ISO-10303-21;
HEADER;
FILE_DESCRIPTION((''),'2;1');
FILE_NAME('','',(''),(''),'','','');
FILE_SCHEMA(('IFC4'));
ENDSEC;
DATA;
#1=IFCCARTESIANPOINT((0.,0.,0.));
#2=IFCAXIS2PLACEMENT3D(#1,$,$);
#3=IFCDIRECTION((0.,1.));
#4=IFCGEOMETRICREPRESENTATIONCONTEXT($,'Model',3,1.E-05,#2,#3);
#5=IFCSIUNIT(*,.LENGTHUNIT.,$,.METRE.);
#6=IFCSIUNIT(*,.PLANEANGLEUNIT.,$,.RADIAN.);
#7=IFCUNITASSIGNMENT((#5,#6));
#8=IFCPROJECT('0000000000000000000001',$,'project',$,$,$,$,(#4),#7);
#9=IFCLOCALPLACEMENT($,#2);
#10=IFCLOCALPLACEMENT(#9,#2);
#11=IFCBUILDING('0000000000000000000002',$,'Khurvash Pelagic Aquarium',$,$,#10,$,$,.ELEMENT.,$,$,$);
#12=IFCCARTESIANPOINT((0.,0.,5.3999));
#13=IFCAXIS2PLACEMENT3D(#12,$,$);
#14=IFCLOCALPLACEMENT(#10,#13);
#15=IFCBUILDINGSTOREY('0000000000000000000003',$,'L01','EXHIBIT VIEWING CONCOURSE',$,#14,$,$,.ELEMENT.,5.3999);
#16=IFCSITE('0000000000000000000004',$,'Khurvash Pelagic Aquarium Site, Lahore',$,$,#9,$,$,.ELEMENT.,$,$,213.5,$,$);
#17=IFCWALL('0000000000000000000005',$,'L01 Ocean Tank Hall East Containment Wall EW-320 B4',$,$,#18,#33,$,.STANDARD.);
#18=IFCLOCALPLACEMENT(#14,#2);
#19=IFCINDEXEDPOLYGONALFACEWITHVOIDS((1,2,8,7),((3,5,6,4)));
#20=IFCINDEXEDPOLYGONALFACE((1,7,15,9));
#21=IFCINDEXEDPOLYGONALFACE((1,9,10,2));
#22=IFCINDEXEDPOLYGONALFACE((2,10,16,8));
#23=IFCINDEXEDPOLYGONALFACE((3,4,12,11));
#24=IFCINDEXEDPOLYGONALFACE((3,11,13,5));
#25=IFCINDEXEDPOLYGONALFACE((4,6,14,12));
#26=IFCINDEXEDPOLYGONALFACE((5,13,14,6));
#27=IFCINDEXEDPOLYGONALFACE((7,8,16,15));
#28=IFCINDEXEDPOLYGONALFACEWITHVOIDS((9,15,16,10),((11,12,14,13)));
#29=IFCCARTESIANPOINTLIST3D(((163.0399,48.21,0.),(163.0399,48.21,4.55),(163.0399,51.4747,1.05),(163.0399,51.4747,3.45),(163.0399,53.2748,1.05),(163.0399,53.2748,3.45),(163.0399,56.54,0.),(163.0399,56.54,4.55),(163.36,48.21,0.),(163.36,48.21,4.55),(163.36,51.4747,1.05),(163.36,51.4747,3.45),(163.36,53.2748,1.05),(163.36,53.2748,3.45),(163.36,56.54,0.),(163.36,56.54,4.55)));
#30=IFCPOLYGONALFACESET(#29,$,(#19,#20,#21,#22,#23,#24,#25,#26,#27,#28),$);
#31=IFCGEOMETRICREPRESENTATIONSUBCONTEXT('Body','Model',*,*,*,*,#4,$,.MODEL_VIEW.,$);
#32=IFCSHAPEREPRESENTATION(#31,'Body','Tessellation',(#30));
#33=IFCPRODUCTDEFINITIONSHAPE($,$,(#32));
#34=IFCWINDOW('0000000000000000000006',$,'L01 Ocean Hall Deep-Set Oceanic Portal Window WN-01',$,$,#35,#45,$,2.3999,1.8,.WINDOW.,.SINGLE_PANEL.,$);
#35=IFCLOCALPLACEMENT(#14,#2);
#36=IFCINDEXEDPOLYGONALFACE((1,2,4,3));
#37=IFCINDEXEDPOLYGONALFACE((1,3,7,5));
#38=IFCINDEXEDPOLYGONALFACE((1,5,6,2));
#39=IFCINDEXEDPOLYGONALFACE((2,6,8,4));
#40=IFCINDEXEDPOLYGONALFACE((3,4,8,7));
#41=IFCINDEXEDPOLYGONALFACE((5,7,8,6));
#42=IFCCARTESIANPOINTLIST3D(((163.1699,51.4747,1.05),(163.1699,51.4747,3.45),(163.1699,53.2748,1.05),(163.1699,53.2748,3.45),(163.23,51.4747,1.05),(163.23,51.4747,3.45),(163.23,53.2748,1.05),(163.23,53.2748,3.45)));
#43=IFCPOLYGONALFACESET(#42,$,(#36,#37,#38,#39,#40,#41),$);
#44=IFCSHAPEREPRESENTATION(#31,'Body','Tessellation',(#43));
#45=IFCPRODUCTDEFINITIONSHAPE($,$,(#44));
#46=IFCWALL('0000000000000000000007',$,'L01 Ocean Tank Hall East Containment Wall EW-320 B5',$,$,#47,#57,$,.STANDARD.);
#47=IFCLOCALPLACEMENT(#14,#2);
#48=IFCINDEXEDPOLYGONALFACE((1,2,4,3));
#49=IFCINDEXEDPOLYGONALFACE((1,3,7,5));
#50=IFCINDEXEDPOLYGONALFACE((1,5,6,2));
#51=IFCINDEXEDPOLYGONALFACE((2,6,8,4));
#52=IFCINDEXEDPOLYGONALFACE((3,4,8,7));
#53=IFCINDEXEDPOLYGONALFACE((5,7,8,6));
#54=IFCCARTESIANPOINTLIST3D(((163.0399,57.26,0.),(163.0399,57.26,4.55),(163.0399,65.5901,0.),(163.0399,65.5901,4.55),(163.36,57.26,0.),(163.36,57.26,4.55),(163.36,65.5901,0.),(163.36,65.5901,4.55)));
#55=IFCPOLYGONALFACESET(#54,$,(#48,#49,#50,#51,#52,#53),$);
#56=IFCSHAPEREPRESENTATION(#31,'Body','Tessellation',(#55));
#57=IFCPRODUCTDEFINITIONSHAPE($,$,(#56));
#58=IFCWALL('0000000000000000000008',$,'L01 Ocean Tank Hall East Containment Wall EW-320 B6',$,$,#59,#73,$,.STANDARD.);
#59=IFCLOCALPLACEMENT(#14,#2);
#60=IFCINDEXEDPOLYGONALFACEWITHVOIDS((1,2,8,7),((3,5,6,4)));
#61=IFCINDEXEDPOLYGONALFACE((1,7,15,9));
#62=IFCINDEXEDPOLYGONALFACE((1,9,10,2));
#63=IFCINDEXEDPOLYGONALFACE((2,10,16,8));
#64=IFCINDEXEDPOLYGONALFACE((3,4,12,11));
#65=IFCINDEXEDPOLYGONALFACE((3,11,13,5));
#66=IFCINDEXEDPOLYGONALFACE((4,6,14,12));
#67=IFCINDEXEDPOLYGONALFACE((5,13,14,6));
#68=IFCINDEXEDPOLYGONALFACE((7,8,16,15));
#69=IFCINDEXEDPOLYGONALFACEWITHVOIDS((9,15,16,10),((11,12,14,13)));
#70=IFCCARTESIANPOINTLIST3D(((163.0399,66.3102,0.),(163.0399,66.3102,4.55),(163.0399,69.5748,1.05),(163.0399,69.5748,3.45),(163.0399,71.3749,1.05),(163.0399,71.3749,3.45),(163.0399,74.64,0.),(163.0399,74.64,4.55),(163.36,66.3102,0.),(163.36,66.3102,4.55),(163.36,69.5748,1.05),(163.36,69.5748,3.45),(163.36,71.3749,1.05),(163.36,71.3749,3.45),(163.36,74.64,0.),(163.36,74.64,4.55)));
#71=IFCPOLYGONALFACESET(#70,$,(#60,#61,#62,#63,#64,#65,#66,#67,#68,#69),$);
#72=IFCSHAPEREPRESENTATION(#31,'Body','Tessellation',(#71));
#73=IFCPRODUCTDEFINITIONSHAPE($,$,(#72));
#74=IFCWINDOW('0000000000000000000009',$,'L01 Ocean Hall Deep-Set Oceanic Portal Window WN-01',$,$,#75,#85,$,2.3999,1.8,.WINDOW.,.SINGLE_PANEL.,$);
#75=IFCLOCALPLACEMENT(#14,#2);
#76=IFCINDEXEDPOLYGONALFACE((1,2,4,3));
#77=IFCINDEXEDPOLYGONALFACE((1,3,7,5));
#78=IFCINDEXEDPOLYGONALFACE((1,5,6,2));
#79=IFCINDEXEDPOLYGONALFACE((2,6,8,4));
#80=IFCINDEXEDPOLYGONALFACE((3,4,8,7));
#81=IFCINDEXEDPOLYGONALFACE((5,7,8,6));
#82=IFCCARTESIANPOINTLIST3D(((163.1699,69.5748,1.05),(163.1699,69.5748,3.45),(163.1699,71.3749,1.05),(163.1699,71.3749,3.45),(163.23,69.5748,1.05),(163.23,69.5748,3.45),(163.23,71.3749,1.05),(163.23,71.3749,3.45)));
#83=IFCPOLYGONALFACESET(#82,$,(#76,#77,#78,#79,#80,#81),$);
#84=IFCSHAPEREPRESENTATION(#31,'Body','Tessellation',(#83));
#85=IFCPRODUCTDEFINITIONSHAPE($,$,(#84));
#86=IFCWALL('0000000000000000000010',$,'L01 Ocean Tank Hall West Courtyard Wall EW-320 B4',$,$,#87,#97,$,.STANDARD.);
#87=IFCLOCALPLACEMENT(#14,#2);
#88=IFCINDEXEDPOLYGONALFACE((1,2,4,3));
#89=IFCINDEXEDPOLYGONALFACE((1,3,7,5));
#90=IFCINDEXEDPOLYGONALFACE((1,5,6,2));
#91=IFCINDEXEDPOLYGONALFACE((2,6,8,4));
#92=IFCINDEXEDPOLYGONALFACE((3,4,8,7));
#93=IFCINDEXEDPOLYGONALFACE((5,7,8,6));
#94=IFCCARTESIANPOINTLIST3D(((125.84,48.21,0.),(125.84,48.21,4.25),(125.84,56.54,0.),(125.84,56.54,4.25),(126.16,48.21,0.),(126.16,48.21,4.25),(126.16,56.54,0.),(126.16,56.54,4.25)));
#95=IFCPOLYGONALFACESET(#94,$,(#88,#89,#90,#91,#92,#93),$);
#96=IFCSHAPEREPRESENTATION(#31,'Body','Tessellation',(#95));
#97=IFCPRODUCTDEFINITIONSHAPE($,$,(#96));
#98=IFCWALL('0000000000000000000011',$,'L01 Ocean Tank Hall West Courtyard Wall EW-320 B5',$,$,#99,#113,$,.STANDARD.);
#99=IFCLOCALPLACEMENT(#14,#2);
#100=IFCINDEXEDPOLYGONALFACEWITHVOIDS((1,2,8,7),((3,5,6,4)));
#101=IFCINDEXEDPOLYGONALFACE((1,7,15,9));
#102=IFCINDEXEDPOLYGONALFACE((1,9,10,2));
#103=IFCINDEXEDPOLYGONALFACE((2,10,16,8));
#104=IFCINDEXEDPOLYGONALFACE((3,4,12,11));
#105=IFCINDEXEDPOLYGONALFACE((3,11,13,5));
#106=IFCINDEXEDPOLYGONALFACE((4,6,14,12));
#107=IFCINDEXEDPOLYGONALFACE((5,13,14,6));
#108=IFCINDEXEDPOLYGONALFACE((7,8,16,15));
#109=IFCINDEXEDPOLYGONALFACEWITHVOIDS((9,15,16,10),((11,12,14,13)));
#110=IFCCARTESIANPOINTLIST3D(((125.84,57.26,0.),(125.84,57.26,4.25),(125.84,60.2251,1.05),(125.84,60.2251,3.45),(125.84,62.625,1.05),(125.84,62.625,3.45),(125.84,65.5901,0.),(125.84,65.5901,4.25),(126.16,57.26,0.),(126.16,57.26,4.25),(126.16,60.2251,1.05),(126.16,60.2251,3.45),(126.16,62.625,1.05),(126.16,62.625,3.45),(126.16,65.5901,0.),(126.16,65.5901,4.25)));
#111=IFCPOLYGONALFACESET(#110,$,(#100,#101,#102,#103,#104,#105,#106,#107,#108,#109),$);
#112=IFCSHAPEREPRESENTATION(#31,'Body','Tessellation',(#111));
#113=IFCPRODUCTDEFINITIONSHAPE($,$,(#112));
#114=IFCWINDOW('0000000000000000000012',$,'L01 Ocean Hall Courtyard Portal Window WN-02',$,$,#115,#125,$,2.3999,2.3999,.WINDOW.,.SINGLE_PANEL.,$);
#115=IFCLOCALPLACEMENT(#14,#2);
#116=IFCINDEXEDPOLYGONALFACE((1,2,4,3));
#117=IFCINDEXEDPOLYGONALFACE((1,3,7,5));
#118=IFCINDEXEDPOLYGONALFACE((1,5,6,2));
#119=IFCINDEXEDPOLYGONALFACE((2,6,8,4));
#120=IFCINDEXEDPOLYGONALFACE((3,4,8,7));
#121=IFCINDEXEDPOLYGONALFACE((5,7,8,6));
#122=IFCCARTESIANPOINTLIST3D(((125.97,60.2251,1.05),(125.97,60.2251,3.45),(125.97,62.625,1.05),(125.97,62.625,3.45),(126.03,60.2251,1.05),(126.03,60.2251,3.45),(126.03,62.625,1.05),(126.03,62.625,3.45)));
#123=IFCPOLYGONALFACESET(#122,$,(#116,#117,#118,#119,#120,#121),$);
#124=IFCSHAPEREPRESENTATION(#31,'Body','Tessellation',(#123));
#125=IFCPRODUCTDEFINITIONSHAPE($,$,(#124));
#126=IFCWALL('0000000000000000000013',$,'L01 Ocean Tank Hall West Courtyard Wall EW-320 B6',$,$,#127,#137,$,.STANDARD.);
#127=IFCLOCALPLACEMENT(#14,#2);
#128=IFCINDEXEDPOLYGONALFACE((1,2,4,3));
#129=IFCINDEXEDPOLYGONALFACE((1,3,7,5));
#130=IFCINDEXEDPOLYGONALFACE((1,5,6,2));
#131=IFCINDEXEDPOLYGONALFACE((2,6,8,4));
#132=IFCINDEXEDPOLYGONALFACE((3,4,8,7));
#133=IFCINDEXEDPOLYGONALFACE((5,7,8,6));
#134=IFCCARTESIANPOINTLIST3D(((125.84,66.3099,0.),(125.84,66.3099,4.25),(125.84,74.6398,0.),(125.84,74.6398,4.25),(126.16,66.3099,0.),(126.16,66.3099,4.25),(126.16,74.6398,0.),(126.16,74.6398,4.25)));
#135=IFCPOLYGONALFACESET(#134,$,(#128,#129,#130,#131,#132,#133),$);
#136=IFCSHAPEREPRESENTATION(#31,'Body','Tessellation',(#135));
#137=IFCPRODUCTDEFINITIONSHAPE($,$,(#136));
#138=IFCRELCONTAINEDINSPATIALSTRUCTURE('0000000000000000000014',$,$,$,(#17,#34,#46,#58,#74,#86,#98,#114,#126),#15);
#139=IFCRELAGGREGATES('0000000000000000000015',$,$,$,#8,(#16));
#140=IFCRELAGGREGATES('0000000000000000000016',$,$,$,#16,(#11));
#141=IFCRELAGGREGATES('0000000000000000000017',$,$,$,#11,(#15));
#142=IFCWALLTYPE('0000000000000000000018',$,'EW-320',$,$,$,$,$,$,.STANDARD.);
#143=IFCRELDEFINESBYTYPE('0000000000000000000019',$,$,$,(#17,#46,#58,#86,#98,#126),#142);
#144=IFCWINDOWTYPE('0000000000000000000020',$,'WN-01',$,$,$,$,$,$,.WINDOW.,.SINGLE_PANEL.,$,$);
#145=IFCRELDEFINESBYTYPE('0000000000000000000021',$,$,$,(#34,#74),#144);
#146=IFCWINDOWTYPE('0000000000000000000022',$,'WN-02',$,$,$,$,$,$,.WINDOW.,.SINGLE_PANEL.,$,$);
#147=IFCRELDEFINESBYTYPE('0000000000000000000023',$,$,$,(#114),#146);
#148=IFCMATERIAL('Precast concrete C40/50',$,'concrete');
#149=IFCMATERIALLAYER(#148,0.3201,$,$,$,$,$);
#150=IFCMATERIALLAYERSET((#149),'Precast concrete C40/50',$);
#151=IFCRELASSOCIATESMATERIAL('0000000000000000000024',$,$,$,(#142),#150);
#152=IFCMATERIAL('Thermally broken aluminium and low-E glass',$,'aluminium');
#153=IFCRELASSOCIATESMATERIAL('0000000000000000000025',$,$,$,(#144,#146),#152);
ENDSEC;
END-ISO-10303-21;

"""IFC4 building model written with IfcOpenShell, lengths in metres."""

from ifc_helpers import new_model, si_unit, direction, frame, frame_2d, origin, place, context, subcontext, project, spatial, rectangle, extrude, material, layer, layer_set, type_object, element, fill, save


model = new_model("IFC4")

# Units and contexts
model_context = context("Model", 3, precision=1e-05, world=origin(), true_north=direction((0.0, 1.0)))
body_context = subcontext(model_context, "Body", "Model", "MODEL_VIEW")
ifc_project = project(units=[si_unit("LENGTHUNIT", "METRE"), si_unit("PLANEANGLEUNIT", "RADIAN")], contexts=[model_context])

# Site, building, storey
site_placement = place(None, origin())
site = spatial("IfcSite", under=ifc_project, at=site_placement, Name="Khurvash Pelagic Aquarium Site, Lahore", CompositionType="ELEMENT", RefElevation=213.5)
building_placement = place(site_placement, origin())
building = spatial("IfcBuilding", under=site, at=building_placement, Name="Khurvash Pelagic Aquarium", CompositionType="ELEMENT")
storey_placement = place(building_placement, frame((0.0, 0.0, 5.3999)))
storey = spatial("IfcBuildingStorey", under=building, at=storey_placement, Name="L01", Description="EXHIBIT VIEWING CONCOURSE", CompositionType="ELEMENT", Elevation=5.3999)

# Wall, opening, window
ifc_material_1 = material(Name="Precast concrete C40/50", Category="concrete")
ifc_layer_1 = layer(ifc_material_1, 0.3201)
ifc_layer_set_1 = layer_set([ifc_layer_1], Name="Precast concrete C40/50")
wall_type_1 = type_object("IfcWallType", Name="EW-320", PredefinedType="STANDARD", material=ifc_layer_set_1)
wall_1_placement = place(storey_placement, frame((163.2, 48.21, 0.0), z_axis=(0.0, 0.0, 1.0), x_axis=(0.0, 1.0, 0.0)))
wall_1 = element("IfcWall", 1, at=wall_1_placement, inside=storey, type_object=wall_type_1, Name="L01 Ocean Tank Hall East Containment Wall EW-320 B4", PredefinedType="STANDARD", context=body_context, shape_type="SweptSolid", body=[
    extrude(rectangle(XDim=8.3301, YDim=0.3201, at=frame_2d((4.165, 0.0))), origin(), (0.0, 0.0, 1.0), 4.55),
])
opening_1_placement = place(wall_1_placement, frame((3.2649, 0.0, 1.05)))
opening_1 = element("IfcOpeningElement", 2, at=opening_1_placement, cuts=wall_1, PredefinedType="OPENING", context=body_context, shape_type="SweptSolid", body=[
    extrude(rectangle(XDim=1.8, YDim=2.3999, at=frame_2d((0.8999, 1.2))), frame((0.0, 0.1699, 0.0), z_axis=(0.0, -1.0, 0.0), x_axis=(1.0, 0.0, 0.0)), (0.0, 0.0, 1.0), 0.3401),
])
ifc_material_2 = material(Name="Thermally broken aluminium and low-E glass", Category="aluminium")
window_type_1 = type_object("IfcWindowType", Name="WN-01", PartitioningType="SINGLE_PANEL", PredefinedType="WINDOW", material=ifc_material_2)
window_1_placement = place(opening_1_placement, origin())
window_1 = element("IfcWindow", 3, at=window_1_placement, inside=storey, type_object=window_type_1, Name="L01 Ocean Hall Deep-Set Oceanic Portal Window WN-01", OverallHeight=2.3999, OverallWidth=1.8, PartitioningType="SINGLE_PANEL", PredefinedType="WINDOW", context=body_context, shape_type="SweptSolid", body=[
    extrude(rectangle(XDim=1.8, YDim=2.3999, at=frame_2d((0.8999, 1.2))), frame((0.0, 0.03, 0.0), z_axis=(0.0, -1.0, 0.0), x_axis=(1.0, 0.0, 0.0)), (0.0, 0.0, 1.0), 0.0601),
])
fill(opening_1, window_1)

# Wall
wall_2_placement = place(storey_placement, frame((163.2, 57.26, 0.0), z_axis=(0.0, 0.0, 1.0), x_axis=(0.0, 1.0, 0.0)))
element("IfcWall", 4, at=wall_2_placement, inside=storey, type_object=wall_type_1, Name="L01 Ocean Tank Hall East Containment Wall EW-320 B5", PredefinedType="STANDARD", context=body_context, shape_type="SweptSolid", body=[
    extrude(rectangle(XDim=8.3301, YDim=0.3201, at=frame_2d((4.165, 0.0))), origin(), (0.0, 0.0, 1.0), 4.55),
])

# Wall, opening, window
wall_3_placement = place(storey_placement, frame((163.2, 66.3101, 0.0), z_axis=(0.0, 0.0, 1.0), x_axis=(0.0, 1.0, 0.0)))
wall_3 = element("IfcWall", 5, at=wall_3_placement, inside=storey, type_object=wall_type_1, Name="L01 Ocean Tank Hall East Containment Wall EW-320 B6", PredefinedType="STANDARD", context=body_context, shape_type="SweptSolid", body=[
    extrude(rectangle(XDim=8.3298, YDim=0.3201, at=frame_2d((4.165, 0.0))), origin(), (0.0, 0.0, 1.0), 4.55),
])
opening_2_placement = place(wall_3_placement, frame((3.2649, 0.0, 1.05)))
opening_2 = element("IfcOpeningElement", 6, at=opening_2_placement, cuts=wall_3, PredefinedType="OPENING", context=body_context, shape_type="SweptSolid", body=[
    extrude(rectangle(XDim=1.8, YDim=2.3999, at=frame_2d((0.8999, 1.2))), frame((0.0, 0.1699, 0.0), z_axis=(0.0, -1.0, 0.0), x_axis=(1.0, 0.0, 0.0)), (0.0, 0.0, 1.0), 0.3401),
])
window_2_placement = place(opening_2_placement, origin())
window_2 = element("IfcWindow", 7, at=window_2_placement, inside=storey, type_object=window_type_1, Name="L01 Ocean Hall Deep-Set Oceanic Portal Window WN-01", OverallHeight=2.3999, OverallWidth=1.8, PartitioningType="SINGLE_PANEL", PredefinedType="WINDOW", context=body_context, shape_type="SweptSolid", body=[
    extrude(rectangle(XDim=1.8, YDim=2.3999, at=frame_2d((0.8999, 1.2))), frame((0.0, 0.03, 0.0), z_axis=(0.0, -1.0, 0.0), x_axis=(1.0, 0.0, 0.0)), (0.0, 0.0, 1.0), 0.0601),
])
fill(opening_2, window_2)

# Wall
wall_4_placement = place(storey_placement, frame((126.0, 56.54, 0.0), z_axis=(0.0, 0.0, 1.0), x_axis=(0.0, -1.0, 0.0)))
element("IfcWall", 8, at=wall_4_placement, inside=storey, type_object=wall_type_1, Name="L01 Ocean Tank Hall West Courtyard Wall EW-320 B4", PredefinedType="STANDARD", context=body_context, shape_type="SweptSolid", body=[
    extrude(rectangle(XDim=8.3301, YDim=0.3201, at=frame_2d((4.165, 0.0))), origin(), (0.0, 0.0, 1.0), 4.25),
])

# Wall, opening, window
wall_5_placement = place(storey_placement, frame((126.0, 65.5901, 0.0), z_axis=(0.0, 0.0, 1.0), x_axis=(0.0, -1.0, 0.0)))
wall_5 = element("IfcWall", 9, at=wall_5_placement, inside=storey, type_object=wall_type_1, Name="L01 Ocean Tank Hall West Courtyard Wall EW-320 B5", PredefinedType="STANDARD", context=body_context, shape_type="SweptSolid", body=[
    extrude(rectangle(XDim=8.3301, YDim=0.3201, at=frame_2d((4.165, 0.0))), origin(), (0.0, 0.0, 1.0), 4.25),
])
opening_3_placement = place(wall_5_placement, frame((2.9651, 0.0, 1.05)))
opening_3 = element("IfcOpeningElement", 10, at=opening_3_placement, cuts=wall_5, PredefinedType="OPENING", context=body_context, shape_type="SweptSolid", body=[
    extrude(rectangle(XDim=2.3999, YDim=2.3999, at=frame_2d((1.2, 1.2))), frame((0.0, 0.1699, 0.0), z_axis=(0.0, -1.0, 0.0), x_axis=(1.0, 0.0, 0.0)), (0.0, 0.0, 1.0), 0.3401),
])
window_type_2 = type_object("IfcWindowType", Name="WN-02", PartitioningType="SINGLE_PANEL", PredefinedType="WINDOW", material=ifc_material_2)
window_3_placement = place(opening_3_placement, origin())
window_3 = element("IfcWindow", 11, at=window_3_placement, inside=storey, type_object=window_type_2, Name="L01 Ocean Hall Courtyard Portal Window WN-02", OverallHeight=2.3999, OverallWidth=2.3999, PartitioningType="SINGLE_PANEL", PredefinedType="WINDOW", context=body_context, shape_type="SweptSolid", body=[
    extrude(rectangle(XDim=2.3999, YDim=2.3999, at=frame_2d((1.2, 1.2))), frame((0.0, 0.03, 0.0), z_axis=(0.0, -1.0, 0.0), x_axis=(1.0, 0.0, 0.0)), (0.0, 0.0, 1.0), 0.0601),
])
fill(opening_3, window_3)

# Wall
wall_6_placement = place(storey_placement, frame((126.0, 74.6399, 0.0), z_axis=(0.0, 0.0, 1.0), x_axis=(0.0, -1.0, 0.0)))
element("IfcWall", 12, at=wall_6_placement, inside=storey, type_object=wall_type_1, Name="L01 Ocean Tank Hall West Courtyard Wall EW-320 B6", PredefinedType="STANDARD", context=body_context, shape_type="SweptSolid", body=[
    extrude(rectangle(XDim=8.3298, YDim=0.3201, at=frame_2d((4.165, 0.0))), origin(), (0.0, 0.0, 1.0), 4.25),
])

save(model, "model.ifc")
